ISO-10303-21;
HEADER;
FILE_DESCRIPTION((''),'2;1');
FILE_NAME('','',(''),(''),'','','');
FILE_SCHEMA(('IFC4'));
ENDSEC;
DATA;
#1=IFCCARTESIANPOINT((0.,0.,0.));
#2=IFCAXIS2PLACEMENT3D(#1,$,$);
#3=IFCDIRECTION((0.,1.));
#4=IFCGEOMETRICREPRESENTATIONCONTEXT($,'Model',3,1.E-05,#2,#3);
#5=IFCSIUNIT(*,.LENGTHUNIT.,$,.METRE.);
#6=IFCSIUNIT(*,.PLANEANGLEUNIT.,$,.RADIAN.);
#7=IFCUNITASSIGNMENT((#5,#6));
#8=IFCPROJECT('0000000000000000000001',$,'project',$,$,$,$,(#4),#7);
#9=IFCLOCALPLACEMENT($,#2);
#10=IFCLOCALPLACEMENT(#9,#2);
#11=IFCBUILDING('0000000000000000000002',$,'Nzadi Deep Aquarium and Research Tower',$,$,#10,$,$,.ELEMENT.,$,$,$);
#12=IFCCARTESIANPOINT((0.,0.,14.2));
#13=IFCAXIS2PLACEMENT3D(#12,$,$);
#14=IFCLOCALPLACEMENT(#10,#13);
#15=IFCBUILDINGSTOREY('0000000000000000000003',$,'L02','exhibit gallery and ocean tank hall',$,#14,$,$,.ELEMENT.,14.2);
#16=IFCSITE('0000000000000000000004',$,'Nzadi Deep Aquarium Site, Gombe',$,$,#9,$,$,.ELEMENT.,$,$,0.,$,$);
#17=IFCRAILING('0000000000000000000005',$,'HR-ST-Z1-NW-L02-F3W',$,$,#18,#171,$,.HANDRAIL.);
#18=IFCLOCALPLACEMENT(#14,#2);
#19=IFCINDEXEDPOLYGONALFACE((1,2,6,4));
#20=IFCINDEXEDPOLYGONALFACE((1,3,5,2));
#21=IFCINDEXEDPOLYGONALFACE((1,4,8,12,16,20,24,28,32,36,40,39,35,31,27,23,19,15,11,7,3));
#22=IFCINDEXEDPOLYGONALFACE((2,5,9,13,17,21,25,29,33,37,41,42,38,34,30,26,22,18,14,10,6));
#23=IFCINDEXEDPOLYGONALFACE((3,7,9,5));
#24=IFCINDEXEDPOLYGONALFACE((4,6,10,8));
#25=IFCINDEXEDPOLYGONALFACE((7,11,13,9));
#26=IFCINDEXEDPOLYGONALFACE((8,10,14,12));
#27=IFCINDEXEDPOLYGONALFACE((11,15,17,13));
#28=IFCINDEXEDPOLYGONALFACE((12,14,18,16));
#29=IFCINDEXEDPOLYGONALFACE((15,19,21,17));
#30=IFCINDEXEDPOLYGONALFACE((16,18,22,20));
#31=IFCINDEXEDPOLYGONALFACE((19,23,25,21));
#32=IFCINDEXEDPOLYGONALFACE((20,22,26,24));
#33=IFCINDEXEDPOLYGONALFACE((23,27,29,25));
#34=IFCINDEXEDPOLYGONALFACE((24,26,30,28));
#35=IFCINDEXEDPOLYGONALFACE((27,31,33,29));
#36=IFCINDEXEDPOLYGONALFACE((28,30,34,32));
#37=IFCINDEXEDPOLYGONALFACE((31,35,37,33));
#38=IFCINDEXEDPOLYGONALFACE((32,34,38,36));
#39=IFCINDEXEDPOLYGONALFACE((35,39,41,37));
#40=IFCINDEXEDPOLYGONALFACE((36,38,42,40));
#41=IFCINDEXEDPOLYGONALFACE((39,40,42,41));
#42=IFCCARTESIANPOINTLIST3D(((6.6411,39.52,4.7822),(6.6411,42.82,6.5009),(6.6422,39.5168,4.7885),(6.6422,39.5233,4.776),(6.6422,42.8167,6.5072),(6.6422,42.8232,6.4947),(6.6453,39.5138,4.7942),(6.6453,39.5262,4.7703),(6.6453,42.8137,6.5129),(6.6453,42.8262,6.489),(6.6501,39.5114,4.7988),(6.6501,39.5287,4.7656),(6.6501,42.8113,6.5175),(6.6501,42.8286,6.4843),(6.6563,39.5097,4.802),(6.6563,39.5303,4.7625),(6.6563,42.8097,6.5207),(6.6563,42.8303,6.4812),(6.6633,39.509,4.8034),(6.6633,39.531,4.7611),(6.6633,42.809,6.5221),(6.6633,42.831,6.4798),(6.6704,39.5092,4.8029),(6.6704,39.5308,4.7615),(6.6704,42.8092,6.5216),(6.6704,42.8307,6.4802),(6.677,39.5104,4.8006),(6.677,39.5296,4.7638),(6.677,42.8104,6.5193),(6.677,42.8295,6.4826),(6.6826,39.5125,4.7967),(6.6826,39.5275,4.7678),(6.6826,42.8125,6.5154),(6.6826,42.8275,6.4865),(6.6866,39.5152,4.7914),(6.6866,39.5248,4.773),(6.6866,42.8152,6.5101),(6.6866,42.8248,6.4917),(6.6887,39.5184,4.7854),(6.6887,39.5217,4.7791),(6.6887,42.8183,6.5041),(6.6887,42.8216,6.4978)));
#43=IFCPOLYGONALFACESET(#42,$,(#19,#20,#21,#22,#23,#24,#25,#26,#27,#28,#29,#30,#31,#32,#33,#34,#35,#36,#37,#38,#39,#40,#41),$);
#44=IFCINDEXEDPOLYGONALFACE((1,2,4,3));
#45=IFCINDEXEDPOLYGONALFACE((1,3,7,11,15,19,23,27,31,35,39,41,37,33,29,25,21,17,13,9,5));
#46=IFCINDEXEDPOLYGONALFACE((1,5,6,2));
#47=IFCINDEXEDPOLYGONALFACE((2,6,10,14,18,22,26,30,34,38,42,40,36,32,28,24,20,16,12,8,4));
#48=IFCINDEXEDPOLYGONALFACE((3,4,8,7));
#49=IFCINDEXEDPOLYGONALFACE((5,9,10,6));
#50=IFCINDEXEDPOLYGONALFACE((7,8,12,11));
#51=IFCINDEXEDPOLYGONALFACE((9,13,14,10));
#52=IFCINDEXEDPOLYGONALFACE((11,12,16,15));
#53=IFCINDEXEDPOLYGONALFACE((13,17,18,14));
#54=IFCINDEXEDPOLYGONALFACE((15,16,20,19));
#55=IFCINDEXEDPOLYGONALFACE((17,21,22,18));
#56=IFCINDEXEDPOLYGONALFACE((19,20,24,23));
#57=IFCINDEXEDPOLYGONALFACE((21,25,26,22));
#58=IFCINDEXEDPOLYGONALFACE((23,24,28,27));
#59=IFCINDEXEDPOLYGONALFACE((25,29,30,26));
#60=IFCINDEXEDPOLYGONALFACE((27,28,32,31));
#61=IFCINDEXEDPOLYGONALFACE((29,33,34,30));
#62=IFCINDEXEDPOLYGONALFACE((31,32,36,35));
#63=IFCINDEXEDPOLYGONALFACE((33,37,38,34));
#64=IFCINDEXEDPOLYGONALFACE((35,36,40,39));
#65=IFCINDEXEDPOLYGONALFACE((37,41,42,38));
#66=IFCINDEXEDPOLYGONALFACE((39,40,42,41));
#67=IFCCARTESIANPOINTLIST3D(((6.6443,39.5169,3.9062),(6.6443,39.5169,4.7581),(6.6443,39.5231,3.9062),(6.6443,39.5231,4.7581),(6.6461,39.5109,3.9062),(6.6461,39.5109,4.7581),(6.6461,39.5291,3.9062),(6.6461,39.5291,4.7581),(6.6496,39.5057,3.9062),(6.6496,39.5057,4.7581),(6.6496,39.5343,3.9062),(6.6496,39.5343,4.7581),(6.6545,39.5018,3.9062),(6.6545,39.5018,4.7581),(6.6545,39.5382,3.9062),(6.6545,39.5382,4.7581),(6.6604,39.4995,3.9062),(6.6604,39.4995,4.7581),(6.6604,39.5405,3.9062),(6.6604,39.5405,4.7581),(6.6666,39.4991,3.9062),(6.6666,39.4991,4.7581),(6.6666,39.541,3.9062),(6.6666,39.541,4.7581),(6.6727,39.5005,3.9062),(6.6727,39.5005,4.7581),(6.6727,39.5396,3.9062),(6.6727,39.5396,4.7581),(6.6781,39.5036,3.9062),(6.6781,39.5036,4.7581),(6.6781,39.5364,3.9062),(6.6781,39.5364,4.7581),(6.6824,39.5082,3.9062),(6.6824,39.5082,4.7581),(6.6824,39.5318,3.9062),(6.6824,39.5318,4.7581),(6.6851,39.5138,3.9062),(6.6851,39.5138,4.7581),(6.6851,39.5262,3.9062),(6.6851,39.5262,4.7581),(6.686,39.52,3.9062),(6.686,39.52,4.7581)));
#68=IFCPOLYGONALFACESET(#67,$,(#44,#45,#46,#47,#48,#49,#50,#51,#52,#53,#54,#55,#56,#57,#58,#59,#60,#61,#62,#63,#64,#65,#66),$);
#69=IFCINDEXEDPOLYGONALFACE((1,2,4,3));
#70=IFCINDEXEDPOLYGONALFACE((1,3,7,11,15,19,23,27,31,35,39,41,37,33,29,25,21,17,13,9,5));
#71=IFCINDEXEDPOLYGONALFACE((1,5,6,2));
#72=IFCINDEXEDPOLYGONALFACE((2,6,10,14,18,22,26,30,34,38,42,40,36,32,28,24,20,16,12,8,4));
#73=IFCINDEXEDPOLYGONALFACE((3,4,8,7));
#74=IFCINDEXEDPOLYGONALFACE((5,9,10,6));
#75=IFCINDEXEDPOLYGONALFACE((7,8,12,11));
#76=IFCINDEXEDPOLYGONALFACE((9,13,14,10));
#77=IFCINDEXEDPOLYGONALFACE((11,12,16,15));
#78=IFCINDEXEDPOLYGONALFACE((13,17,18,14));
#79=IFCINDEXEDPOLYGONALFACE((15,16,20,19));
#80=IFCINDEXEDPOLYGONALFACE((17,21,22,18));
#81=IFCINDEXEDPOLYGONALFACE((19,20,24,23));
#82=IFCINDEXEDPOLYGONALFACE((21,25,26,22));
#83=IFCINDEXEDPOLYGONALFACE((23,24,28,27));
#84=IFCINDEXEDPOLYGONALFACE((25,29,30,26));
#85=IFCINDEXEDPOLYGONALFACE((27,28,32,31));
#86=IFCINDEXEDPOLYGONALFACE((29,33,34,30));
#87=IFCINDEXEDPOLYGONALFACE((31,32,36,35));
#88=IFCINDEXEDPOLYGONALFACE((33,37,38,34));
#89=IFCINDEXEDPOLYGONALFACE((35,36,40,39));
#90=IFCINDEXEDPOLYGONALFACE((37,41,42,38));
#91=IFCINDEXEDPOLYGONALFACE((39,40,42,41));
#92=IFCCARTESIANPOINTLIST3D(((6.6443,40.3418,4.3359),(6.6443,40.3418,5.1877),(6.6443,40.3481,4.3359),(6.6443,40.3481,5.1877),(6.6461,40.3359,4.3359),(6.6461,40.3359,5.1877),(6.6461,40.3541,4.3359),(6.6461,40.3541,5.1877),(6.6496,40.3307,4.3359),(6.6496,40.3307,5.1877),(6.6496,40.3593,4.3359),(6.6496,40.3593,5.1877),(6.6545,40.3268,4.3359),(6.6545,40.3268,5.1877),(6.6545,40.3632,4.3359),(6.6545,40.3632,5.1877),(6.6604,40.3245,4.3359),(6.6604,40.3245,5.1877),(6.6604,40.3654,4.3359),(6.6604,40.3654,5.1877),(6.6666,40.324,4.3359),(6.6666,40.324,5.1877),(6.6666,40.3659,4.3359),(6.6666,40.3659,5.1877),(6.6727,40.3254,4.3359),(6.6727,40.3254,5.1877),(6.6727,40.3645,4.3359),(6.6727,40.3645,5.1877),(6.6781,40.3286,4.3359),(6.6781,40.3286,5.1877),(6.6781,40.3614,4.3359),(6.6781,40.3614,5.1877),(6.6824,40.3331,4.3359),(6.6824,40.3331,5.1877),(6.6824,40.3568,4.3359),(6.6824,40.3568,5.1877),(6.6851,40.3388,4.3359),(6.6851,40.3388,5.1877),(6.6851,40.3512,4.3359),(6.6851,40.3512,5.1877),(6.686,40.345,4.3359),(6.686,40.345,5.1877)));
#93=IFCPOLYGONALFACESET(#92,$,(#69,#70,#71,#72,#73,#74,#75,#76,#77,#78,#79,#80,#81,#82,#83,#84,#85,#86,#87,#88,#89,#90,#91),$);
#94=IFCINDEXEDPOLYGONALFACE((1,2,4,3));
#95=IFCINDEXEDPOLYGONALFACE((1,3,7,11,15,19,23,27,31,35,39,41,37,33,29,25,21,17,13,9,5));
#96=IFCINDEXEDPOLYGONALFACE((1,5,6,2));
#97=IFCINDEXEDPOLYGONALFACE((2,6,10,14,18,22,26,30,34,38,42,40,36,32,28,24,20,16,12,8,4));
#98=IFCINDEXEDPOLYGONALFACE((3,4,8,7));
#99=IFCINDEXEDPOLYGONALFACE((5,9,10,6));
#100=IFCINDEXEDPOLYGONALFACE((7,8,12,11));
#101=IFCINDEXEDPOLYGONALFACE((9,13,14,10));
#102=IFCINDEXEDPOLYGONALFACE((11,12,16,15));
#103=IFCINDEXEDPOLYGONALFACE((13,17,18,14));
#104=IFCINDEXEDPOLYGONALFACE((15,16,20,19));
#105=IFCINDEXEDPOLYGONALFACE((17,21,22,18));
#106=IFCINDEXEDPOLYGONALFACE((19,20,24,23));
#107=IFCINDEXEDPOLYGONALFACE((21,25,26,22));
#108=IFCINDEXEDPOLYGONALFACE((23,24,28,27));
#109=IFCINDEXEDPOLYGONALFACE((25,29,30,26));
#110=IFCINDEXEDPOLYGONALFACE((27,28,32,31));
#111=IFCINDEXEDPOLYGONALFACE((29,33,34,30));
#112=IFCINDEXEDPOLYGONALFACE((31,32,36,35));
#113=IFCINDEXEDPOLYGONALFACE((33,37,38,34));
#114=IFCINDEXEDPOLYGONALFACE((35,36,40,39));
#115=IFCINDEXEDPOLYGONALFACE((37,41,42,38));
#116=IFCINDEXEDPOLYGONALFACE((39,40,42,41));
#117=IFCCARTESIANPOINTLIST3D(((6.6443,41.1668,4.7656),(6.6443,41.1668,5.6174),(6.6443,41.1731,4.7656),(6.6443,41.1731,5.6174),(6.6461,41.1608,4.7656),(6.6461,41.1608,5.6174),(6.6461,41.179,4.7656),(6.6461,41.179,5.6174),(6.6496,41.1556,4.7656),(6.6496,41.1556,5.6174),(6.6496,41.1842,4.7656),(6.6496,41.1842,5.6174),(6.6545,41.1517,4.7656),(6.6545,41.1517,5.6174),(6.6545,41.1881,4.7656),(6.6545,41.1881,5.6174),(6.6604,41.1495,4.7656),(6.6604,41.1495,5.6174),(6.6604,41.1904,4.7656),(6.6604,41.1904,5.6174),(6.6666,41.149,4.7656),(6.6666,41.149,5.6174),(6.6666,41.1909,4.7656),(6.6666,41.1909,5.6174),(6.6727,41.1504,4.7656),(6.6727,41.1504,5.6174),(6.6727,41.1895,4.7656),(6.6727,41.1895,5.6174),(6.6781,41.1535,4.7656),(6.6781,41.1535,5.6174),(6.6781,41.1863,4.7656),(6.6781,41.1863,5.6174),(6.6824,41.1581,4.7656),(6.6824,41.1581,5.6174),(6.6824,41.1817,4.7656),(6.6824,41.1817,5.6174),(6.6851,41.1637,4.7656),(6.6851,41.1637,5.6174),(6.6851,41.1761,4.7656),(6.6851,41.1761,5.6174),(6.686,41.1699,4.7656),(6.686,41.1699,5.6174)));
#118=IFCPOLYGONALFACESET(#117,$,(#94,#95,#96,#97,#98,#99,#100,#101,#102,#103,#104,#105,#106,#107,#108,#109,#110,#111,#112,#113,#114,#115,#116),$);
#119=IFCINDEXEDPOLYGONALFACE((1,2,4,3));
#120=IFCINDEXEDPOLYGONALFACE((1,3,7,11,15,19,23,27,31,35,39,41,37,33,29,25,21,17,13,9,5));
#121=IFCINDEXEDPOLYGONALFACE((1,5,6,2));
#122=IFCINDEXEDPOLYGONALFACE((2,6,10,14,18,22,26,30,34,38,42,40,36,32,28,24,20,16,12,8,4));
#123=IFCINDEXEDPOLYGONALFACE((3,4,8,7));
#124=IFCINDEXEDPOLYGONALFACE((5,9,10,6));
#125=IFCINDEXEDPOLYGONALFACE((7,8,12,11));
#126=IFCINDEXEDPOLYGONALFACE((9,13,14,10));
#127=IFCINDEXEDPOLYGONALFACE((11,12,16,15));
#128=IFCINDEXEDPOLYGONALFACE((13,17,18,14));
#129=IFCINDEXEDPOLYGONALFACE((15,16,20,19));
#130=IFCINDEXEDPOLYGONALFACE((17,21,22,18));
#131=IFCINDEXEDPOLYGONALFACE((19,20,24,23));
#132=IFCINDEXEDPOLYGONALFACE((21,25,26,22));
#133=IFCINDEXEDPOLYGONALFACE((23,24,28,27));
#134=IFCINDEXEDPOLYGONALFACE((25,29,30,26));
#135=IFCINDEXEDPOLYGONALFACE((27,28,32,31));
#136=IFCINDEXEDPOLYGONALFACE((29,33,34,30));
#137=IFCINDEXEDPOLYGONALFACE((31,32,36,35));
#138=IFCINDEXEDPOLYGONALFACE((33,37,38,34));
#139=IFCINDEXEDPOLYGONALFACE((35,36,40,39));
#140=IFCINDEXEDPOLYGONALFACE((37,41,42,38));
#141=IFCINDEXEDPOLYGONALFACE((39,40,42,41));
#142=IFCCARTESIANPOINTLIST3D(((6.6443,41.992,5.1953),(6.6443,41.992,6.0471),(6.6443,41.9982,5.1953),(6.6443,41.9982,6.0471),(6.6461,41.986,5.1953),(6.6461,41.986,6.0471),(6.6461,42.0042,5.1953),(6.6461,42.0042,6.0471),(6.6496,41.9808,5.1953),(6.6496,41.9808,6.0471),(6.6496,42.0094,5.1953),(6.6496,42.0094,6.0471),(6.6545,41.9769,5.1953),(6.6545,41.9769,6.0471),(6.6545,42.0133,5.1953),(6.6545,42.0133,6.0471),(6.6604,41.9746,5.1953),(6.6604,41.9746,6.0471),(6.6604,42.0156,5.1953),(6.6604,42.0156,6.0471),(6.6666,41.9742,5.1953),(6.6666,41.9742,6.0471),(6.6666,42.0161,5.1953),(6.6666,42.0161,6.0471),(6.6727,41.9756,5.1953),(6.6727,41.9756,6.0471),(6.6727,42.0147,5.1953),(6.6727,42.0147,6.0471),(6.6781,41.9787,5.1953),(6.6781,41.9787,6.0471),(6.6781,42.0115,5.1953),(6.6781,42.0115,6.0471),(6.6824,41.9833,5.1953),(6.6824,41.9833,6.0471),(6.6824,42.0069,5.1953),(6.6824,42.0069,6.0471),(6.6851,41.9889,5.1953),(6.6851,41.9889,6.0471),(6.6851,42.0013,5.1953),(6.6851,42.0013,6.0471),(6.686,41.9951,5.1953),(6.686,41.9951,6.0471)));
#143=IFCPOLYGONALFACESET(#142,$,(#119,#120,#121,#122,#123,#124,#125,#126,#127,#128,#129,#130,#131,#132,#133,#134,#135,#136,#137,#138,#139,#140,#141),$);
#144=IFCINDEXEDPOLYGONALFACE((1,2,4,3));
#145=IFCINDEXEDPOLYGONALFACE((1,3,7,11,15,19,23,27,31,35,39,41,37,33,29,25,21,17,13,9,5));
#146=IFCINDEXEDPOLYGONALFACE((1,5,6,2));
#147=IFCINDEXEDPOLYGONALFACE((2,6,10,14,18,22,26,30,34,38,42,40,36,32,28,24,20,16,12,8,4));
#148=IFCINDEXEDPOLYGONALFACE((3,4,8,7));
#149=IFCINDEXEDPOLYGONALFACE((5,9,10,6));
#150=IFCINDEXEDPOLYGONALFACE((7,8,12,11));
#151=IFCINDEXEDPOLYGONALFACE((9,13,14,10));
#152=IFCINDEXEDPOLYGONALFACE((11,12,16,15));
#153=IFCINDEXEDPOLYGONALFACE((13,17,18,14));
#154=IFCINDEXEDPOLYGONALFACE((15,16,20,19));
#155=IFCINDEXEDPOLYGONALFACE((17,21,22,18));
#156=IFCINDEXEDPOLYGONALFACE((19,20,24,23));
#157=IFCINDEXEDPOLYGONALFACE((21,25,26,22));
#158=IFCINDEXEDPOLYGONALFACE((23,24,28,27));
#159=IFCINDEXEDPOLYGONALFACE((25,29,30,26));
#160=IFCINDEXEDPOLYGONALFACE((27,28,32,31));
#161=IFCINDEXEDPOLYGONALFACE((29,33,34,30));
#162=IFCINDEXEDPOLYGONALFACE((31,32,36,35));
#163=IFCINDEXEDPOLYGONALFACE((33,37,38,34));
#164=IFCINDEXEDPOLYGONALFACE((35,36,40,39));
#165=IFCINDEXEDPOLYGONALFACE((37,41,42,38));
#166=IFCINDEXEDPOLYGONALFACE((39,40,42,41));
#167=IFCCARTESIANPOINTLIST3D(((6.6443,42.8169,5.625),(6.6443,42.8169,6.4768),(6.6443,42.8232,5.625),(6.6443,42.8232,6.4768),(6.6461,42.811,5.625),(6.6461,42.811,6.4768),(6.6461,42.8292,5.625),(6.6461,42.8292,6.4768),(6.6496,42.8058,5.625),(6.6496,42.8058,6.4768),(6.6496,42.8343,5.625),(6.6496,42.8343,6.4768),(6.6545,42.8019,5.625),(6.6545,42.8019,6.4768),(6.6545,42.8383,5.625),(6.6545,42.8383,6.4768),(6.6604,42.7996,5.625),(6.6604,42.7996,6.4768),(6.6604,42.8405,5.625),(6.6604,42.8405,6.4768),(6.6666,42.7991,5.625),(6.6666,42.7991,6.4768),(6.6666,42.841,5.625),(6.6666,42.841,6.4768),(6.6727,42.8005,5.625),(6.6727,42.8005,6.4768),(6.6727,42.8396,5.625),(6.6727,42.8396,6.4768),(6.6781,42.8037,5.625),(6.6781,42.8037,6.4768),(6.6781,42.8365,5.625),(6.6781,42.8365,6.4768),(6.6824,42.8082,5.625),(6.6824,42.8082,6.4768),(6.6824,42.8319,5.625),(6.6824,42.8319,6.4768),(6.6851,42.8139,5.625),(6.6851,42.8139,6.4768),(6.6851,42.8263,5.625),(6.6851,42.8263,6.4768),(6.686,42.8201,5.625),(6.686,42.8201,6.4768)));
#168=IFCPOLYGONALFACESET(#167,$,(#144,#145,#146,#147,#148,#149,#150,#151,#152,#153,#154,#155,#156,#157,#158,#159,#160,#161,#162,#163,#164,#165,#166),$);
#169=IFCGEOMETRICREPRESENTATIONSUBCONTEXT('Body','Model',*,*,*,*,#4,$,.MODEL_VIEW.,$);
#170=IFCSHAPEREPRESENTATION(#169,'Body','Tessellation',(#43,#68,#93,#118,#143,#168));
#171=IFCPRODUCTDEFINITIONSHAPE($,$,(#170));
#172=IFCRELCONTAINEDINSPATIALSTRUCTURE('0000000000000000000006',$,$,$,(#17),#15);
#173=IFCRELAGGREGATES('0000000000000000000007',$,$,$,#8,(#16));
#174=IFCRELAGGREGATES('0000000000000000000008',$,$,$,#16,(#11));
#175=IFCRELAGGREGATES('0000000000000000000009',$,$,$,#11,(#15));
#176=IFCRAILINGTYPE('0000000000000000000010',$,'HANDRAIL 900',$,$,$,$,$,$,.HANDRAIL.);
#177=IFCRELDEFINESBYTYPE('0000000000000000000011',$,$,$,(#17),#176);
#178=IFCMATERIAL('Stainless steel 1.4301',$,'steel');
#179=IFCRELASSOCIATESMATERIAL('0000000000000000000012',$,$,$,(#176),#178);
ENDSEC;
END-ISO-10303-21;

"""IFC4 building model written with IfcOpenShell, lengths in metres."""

from ifc_helpers import new_model, si_unit, direction, frame, origin, origin_2d, place, context, subcontext, project, spatial, circle, extrude, material, type_object, element, save


model = new_model("IFC4")

# Units and contexts
model_context = context("Model", 3, precision=1e-05, world=origin(), true_north=direction((0.0, 1.0)))
body_context = subcontext(model_context, "Body", "Model", "MODEL_VIEW")
ifc_project = project(units=[si_unit("LENGTHUNIT", "METRE"), si_unit("PLANEANGLEUNIT", "RADIAN")], contexts=[model_context])

# Site, building, storey
site_placement = place(None, origin())
site = spatial("IfcSite", under=ifc_project, at=site_placement, Name="Nzadi Deep Aquarium Site, Gombe", CompositionType="ELEMENT", RefElevation=0.0)
building_placement = place(site_placement, origin())
building = spatial("IfcBuilding", under=site, at=building_placement, Name="Nzadi Deep Aquarium and Research Tower", CompositionType="ELEMENT")
storey_placement = place(building_placement, frame((0.0, 0.0, 14.2)))
storey = spatial("IfcBuildingStorey", under=building, at=storey_placement, Name="L02", Description="exhibit gallery and ocean tank hall", CompositionType="ELEMENT", Elevation=14.2)

# Railing
ifc_material_1 = material(Name="Stainless steel 1.4301", Category="steel")
railing_type = type_object("IfcRailingType", Name="HANDRAIL 900", PredefinedType="HANDRAIL", material=ifc_material_1)
for number, where, name in (
    (1, (6.665, 39.52, 3.9062), "HR-ST-Z1-NW-L02-F3W"),
):
    element("IfcRailing", number, at=place(storey_placement, frame(where)), inside=storey, type_object=railing_type, Name=name, PredefinedType="HANDRAIL", context=body_context, shape_type="SweptSolid", body=[
        extrude(circle(Radius=0.0239, at=origin_2d()), frame((0.0, 0.0, 0.876), z_axis=(0.0, 0.886917, 0.461929), x_axis=(-1.0, 0.0, 0.0)), (0.0, 0.0, 1.0), 3.7207),
        extrude(circle(Radius=0.021, at=origin_2d()), origin(), (0.0, 0.0, 1.0), 0.8518),
        extrude(circle(Radius=0.021, at=origin_2d()), frame((0.0, 0.825, 0.4297)), (0.0, 0.0, 1.0), 0.8518),
        extrude(circle(Radius=0.021, at=origin_2d()), frame((0.0, 1.6499, 0.8594)), (0.0, 0.0, 1.0), 0.8518),
        extrude(circle(Radius=0.021, at=origin_2d()), frame((0.0, 2.4751, 1.2891)), (0.0, 0.0, 1.0), 0.8518),
        extrude(circle(Radius=0.021, at=origin_2d()), frame((0.0, 3.3, 1.7188)), (0.0, 0.0, 1.0), 0.8518),
    ])

save(model, "model.ifc")
